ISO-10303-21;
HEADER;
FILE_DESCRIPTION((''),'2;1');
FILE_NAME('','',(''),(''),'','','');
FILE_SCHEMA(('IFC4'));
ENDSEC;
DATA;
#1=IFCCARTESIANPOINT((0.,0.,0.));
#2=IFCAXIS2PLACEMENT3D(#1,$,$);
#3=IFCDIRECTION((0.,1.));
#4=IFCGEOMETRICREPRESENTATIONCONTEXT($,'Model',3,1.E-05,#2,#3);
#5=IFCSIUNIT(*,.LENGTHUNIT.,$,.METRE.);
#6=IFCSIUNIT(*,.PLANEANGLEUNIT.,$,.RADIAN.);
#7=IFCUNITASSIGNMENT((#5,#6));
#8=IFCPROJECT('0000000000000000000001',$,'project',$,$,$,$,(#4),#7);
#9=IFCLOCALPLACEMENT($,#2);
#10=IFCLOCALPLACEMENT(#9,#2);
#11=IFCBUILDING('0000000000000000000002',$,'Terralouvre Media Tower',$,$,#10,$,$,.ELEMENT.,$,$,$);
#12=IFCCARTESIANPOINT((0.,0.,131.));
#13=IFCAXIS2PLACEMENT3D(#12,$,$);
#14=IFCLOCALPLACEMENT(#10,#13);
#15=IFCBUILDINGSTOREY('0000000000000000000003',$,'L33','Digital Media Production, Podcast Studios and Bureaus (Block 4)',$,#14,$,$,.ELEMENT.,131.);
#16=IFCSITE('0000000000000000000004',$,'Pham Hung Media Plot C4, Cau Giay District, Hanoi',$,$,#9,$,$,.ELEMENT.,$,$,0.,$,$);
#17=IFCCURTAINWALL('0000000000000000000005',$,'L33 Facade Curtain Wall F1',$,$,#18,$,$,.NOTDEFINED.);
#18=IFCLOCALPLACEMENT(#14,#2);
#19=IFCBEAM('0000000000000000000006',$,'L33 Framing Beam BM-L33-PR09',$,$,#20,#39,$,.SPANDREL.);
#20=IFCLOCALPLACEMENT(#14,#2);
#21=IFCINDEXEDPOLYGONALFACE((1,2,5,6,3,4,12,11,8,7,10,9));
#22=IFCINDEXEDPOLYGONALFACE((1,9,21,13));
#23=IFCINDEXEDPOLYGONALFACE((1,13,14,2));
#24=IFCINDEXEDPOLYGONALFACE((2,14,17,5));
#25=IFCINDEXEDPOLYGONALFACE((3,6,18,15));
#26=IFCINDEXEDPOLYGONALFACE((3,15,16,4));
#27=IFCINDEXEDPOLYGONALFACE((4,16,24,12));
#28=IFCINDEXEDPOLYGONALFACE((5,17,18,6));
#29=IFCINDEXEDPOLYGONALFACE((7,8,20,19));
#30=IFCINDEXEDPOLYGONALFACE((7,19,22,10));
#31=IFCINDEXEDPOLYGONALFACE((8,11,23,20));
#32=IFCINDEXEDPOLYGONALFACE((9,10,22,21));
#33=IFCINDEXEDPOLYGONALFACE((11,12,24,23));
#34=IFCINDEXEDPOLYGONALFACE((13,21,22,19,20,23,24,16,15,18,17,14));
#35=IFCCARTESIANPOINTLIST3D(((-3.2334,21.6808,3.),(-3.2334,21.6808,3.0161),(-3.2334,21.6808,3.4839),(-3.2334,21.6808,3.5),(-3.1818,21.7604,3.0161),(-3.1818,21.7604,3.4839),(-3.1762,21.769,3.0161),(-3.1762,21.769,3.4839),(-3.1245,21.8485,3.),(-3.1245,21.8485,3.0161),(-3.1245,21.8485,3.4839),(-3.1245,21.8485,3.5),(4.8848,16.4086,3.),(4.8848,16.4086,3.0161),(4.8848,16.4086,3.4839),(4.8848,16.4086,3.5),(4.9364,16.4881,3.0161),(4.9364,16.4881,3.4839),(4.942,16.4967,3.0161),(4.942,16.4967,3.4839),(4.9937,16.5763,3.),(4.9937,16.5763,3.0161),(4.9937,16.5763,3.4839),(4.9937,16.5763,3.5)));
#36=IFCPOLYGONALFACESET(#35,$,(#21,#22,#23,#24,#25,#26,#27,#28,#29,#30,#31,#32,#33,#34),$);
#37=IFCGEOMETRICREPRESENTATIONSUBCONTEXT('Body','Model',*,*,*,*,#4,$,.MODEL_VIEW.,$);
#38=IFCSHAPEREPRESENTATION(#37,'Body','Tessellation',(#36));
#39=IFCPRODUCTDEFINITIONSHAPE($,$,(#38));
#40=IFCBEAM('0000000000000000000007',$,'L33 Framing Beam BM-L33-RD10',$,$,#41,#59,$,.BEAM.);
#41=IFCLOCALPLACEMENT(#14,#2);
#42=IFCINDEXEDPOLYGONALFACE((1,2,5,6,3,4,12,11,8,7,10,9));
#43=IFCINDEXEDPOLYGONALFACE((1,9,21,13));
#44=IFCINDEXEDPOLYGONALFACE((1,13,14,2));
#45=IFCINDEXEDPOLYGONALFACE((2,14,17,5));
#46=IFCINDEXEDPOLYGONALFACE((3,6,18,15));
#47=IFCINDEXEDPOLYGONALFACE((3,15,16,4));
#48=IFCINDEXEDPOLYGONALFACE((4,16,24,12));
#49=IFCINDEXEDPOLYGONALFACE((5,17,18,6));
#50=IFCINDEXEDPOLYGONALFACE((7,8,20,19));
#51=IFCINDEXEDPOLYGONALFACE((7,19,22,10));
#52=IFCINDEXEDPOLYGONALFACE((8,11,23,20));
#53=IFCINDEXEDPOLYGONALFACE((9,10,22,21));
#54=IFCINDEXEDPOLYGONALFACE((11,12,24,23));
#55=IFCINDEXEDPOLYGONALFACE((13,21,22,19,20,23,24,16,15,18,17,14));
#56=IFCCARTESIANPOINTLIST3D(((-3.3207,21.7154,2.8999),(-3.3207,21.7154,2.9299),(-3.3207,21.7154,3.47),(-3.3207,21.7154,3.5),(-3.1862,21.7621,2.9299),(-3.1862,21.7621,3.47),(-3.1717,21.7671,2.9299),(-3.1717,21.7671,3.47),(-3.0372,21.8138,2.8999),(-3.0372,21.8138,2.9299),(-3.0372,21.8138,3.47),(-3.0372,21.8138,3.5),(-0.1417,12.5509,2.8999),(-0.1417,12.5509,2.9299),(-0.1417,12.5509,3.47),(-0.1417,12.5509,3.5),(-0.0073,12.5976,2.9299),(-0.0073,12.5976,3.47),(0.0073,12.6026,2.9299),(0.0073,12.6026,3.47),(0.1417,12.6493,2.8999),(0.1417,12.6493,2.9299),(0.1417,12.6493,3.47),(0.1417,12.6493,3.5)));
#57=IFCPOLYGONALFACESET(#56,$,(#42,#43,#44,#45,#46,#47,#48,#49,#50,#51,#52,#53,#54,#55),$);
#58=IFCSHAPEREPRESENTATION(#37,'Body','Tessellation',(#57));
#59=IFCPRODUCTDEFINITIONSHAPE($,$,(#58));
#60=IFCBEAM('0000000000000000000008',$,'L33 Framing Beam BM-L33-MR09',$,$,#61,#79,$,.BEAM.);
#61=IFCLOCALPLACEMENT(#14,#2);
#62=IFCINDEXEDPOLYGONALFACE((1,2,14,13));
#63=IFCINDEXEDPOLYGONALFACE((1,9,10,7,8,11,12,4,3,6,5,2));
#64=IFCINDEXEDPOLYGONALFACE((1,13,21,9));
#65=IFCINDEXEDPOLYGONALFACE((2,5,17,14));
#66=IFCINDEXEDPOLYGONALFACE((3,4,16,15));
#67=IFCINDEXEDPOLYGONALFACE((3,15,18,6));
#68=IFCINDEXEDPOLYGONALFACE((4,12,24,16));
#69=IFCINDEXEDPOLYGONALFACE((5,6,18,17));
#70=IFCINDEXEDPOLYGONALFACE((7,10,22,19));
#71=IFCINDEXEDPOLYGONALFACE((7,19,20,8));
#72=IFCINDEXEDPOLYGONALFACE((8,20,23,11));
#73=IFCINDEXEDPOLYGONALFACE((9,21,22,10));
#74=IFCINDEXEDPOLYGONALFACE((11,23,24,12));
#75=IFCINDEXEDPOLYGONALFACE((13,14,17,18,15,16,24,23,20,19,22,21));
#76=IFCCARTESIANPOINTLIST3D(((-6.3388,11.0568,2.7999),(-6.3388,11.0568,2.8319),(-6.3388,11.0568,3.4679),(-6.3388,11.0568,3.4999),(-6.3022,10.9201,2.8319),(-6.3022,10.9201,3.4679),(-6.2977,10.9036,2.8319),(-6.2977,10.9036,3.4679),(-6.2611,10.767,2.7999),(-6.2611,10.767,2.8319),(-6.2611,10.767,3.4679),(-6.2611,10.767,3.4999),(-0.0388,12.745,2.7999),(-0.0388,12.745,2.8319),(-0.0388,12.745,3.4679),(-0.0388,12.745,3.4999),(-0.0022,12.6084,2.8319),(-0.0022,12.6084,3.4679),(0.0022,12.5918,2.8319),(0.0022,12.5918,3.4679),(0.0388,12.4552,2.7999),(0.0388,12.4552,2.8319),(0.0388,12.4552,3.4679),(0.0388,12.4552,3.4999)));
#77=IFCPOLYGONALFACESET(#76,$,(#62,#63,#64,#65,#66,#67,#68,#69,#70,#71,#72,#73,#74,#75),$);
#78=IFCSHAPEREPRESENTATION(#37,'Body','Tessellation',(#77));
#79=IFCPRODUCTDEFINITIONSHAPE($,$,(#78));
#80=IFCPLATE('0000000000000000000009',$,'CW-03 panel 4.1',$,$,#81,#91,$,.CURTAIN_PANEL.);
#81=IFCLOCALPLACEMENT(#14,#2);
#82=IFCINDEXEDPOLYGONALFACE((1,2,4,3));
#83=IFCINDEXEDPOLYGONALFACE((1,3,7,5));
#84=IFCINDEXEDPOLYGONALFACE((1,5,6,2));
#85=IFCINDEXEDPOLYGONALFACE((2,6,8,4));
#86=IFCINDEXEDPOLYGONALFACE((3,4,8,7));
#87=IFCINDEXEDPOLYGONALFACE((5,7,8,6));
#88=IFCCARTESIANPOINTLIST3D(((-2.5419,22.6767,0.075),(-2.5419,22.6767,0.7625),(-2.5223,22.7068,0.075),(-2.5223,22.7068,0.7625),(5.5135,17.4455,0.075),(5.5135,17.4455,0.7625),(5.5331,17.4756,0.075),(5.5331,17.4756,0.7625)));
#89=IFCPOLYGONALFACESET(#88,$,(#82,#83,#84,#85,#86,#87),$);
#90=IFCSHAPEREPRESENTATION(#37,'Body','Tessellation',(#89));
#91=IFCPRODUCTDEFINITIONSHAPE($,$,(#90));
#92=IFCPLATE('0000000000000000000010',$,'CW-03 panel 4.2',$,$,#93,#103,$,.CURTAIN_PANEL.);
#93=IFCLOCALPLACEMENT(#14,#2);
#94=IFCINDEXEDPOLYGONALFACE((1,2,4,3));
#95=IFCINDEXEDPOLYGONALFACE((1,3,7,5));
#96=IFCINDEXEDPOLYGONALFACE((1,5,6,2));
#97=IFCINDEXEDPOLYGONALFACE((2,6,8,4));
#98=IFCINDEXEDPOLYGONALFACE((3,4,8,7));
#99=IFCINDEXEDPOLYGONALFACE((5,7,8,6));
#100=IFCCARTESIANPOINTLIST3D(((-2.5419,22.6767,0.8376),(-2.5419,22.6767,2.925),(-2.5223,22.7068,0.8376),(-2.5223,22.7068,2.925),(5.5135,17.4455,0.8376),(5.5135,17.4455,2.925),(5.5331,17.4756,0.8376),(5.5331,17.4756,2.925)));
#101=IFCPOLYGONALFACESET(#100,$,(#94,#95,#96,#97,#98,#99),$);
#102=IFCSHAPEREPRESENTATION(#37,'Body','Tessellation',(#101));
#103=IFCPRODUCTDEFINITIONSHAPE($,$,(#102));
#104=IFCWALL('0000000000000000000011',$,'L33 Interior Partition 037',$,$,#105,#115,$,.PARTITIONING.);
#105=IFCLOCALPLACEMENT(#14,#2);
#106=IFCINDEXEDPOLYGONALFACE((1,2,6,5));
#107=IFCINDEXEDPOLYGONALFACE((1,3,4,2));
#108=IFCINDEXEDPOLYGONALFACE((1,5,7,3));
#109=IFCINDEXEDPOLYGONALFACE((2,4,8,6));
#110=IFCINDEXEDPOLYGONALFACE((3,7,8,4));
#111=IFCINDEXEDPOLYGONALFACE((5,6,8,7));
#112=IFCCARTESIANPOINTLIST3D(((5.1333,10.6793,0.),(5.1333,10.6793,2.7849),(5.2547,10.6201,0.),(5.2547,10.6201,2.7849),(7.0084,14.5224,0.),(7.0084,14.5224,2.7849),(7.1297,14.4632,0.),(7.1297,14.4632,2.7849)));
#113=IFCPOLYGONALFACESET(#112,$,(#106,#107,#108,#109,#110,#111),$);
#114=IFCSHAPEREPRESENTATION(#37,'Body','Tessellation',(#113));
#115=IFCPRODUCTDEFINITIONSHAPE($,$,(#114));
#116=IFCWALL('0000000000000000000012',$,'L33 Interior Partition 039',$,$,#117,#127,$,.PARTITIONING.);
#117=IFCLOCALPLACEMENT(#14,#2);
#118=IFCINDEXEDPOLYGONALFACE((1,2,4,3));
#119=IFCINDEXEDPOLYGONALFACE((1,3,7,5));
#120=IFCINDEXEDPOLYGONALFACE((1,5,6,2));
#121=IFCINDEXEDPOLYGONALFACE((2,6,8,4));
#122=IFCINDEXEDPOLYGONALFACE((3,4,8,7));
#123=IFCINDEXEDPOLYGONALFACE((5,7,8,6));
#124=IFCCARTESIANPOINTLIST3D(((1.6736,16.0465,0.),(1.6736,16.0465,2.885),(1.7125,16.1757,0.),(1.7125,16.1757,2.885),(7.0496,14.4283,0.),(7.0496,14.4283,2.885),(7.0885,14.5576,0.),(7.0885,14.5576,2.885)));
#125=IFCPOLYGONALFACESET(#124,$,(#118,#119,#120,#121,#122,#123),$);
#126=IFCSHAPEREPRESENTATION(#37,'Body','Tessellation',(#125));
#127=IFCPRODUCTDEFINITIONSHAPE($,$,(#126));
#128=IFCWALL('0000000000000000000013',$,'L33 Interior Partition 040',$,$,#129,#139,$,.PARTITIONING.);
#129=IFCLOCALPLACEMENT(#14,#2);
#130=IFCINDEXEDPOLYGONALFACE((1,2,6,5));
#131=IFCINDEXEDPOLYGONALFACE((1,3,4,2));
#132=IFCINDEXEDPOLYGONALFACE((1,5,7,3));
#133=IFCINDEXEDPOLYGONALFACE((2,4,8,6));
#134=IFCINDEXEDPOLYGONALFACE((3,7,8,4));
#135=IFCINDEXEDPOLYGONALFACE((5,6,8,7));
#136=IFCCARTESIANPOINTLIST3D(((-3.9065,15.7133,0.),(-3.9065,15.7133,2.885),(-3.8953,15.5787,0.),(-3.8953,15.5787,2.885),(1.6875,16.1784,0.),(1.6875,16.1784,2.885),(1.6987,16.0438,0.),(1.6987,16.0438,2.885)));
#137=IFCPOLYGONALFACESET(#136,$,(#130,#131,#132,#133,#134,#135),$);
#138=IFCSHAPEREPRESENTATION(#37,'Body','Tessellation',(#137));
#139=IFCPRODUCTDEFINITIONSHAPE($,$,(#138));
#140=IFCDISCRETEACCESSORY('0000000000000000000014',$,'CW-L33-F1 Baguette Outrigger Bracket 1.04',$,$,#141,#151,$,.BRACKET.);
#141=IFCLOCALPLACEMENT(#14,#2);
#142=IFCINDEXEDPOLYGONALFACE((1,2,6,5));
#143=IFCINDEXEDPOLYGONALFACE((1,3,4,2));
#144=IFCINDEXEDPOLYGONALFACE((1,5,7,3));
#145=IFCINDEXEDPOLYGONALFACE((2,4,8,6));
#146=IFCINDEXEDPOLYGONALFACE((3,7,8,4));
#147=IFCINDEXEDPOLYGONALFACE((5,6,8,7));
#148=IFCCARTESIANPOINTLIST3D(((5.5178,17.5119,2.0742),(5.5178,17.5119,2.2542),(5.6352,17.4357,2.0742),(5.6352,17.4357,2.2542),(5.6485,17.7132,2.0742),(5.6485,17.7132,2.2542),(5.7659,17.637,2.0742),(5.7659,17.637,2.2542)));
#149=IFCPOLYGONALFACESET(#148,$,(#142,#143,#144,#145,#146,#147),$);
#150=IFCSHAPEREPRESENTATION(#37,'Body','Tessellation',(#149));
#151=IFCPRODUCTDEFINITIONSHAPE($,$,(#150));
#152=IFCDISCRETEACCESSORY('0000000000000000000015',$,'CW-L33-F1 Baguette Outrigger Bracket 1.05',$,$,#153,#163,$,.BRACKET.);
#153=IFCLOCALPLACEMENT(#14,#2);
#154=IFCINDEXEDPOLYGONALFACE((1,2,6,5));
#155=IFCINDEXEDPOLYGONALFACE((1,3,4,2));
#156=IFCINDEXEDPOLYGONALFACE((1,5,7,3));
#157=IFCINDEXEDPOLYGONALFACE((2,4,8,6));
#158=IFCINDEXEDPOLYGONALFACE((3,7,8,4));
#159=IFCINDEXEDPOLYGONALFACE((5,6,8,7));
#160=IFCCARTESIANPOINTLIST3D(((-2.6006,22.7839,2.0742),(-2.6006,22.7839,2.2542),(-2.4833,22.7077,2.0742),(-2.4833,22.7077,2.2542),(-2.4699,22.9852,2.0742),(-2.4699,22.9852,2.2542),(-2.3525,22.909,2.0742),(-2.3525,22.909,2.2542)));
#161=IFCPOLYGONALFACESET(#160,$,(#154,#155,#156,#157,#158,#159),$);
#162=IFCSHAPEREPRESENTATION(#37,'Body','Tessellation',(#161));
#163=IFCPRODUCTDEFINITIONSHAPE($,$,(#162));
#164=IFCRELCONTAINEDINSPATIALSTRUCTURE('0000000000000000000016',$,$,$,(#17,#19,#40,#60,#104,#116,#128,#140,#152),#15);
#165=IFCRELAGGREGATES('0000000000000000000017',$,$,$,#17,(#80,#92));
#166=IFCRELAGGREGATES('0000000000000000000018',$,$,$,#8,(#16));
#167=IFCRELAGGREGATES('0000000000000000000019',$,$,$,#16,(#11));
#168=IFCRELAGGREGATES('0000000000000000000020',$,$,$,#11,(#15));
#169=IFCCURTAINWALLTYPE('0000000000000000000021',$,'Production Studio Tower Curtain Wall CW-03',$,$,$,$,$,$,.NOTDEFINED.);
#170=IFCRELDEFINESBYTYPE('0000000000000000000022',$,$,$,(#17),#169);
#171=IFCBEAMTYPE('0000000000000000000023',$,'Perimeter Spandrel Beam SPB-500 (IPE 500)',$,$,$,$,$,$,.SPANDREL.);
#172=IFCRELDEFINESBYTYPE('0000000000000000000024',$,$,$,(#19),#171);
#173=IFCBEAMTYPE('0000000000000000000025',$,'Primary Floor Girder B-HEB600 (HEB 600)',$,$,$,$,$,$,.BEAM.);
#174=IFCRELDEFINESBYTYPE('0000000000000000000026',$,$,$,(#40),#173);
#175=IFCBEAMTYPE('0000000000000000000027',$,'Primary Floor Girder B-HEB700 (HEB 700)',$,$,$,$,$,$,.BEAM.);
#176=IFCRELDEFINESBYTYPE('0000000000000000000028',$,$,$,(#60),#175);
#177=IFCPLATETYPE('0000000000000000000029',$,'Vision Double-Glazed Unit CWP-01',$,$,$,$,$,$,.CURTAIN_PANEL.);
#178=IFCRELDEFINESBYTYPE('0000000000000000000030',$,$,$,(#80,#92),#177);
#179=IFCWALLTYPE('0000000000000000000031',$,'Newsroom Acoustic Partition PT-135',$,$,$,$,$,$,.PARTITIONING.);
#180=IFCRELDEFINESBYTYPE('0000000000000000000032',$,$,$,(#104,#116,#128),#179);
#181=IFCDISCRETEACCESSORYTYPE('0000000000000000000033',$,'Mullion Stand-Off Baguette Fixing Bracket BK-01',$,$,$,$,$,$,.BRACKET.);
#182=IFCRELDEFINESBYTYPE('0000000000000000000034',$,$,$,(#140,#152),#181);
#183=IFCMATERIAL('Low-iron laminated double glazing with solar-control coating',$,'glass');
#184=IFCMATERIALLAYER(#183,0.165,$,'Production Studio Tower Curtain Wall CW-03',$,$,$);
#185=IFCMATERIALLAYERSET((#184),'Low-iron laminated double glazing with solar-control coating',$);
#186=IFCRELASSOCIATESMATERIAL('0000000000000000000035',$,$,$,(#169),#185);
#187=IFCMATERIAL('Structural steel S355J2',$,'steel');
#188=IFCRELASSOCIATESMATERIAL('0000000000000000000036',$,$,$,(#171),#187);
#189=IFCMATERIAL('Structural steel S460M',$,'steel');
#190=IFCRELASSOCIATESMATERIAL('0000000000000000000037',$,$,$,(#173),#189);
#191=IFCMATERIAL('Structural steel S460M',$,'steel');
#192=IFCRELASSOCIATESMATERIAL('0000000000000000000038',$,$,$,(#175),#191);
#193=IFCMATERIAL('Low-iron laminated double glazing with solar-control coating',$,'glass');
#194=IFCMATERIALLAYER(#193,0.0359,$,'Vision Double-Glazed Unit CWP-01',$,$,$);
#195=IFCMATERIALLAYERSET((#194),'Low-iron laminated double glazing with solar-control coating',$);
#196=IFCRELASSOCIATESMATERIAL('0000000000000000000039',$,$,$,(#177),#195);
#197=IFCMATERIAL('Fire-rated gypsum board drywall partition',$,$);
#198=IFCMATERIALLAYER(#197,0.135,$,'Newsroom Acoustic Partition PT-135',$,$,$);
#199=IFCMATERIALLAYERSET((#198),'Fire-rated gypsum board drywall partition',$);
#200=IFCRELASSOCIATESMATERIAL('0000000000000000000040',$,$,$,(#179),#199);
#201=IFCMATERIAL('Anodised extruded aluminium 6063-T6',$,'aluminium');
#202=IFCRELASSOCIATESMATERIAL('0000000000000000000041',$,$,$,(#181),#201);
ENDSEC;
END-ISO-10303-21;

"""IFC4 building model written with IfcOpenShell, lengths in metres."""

from ifc_helpers import new_model, si_unit, direction, frame, frame_2d, origin, origin_2d, place, context, subcontext, project, spatial, rectangle, i_section, extrude, material, layer, layer_set, material_profile, profile_set, type_object, element, aggregate, save


model = new_model("IFC4")

# Units and contexts
model_context = context("Model", 3, precision=1e-05, world=origin(), true_north=direction((0.0, 1.0)))
body_context = subcontext(model_context, "Body", "Model", "MODEL_VIEW")
ifc_project = project(units=[si_unit("LENGTHUNIT", "METRE"), si_unit("PLANEANGLEUNIT", "RADIAN")], contexts=[model_context])

# Site, building, storey
site_placement = place(None, origin())
site = spatial("IfcSite", under=ifc_project, at=site_placement, Name="Pham Hung Media Plot C4, Cau Giay District, Hanoi", CompositionType="ELEMENT", RefElevation=0.0)
building_placement = place(site_placement, origin())
building = spatial("IfcBuilding", under=site, at=building_placement, Name="Terralouvre Media Tower", CompositionType="ELEMENT")
storey_placement = place(building_placement, frame((0.0, 0.0, 131.0)))
storey = spatial("IfcBuildingStorey", under=building, at=storey_placement, Name="L33", Description="Digital Media Production, Podcast Studios and Bureaus (Block 4)", CompositionType="ELEMENT", Elevation=131.0)

# Curtain wall
ifc_material_1 = material(Name="Low-iron laminated double glazing with solar-control coating", Category="glass")
ifc_layer_1 = layer(ifc_material_1, 0.165, Name="Production Studio Tower Curtain Wall CW-03")
ifc_layer_set_1 = layer_set([ifc_layer_1], Name="Low-iron laminated double glazing with solar-control coating")
curtain_wall_type = type_object("IfcCurtainWallType", Name="Production Studio Tower Curtain Wall CW-03", PredefinedType="NOTDEFINED", material=ifc_layer_set_1)
curtain_wall_placement = place(storey_placement, origin())
curtain_wall = element("IfcCurtainWall", 1, at=curtain_wall_placement, inside=storey, type_object=curtain_wall_type, Name="L33 Facade Curtain Wall F1", PredefinedType="NOTDEFINED")

# Beams
ifc_material_2 = material(Name="Structural steel S355J2", Category="steel")
ifc_material_profile_1 = material_profile(ifc_material_2, i_section(OverallWidth=0.2, OverallDepth=0.5, WebThickness=0.0103, FlangeThickness=0.0161, at=origin_2d()), Name="IPE 500")
ifc_profile_set_1 = profile_set([ifc_material_profile_1], Name="Structural steel S355J2")
beam_type_1 = type_object("IfcBeamType", Name="Perimeter Spandrel Beam SPB-500 (IPE 500)", PredefinedType="SPANDREL", material=ifc_profile_set_1)
beam_1_placement = place(storey_placement, frame((4.9392, 16.4924, 3.25), z_axis=(-0.83866, 0.544655, 0.0), x_axis=(-0.544655, -0.83866, 0.0)))
element("IfcBeam", 2, at=beam_1_placement, inside=storey, type_object=beam_type_1, Name="L33 Framing Beam BM-L33-PR09", PredefinedType="SPANDREL", context=body_context, shape_type="SweptSolid", body=[
    extrude(i_section(OverallWidth=0.2, OverallDepth=0.5, WebThickness=0.0103, FlangeThickness=0.0161, at=origin_2d()), origin(), (0.0, 0.0, 1.0), 9.6799),
])
ifc_material_3 = material(Name="Structural steel S460M", Category="steel")
ifc_material_profile_2 = material_profile(ifc_material_3, i_section(OverallWidth=0.3, OverallDepth=0.6001, WebThickness=0.0154, FlangeThickness=0.03, at=origin_2d()), Name="HEB 600")
ifc_profile_set_2 = profile_set([ifc_material_profile_2], Name="Structural steel S460M")
beam_type_2 = type_object("IfcBeamType", Name="Primary Floor Girder B-HEB600 (HEB 600)", PredefinedType="BEAM", material=ifc_profile_set_2)
beam_2_placement = place(storey_placement, frame((0.0, 12.6001, 3.2), z_axis=(-0.327719, 0.944775, 0.0), x_axis=(-0.944775, -0.327719, 0.0)))
element("IfcBeam", 3, at=beam_2_placement, inside=storey, type_object=beam_type_2, Name="L33 Framing Beam BM-L33-RD10", PredefinedType="BEAM", context=body_context, shape_type="SweptSolid", body=[
    extrude(i_section(OverallWidth=0.3, OverallDepth=0.6001, WebThickness=0.0154, FlangeThickness=0.03, at=origin_2d()), origin(), (0.0, 0.0, 1.0), 9.7002),
])
ifc_material_4 = material(Name="Structural steel S460M", Category="steel")
ifc_material_profile_3 = material_profile(ifc_material_4, i_section(OverallWidth=0.3, OverallDepth=0.7, WebThickness=0.0171, FlangeThickness=0.032, at=origin_2d()), Name="HEB 700")
ifc_profile_set_3 = profile_set([ifc_material_profile_3], Name="Structural steel S460M")
beam_type_3 = type_object("IfcBeamType", Name="Primary Floor Girder B-HEB700 (HEB 700)", PredefinedType="BEAM", material=ifc_profile_set_3)
beam_3_placement = place(storey_placement, frame((0.0, 12.6001, 3.1499), z_axis=(-0.96592, -0.258839, 0.0), x_axis=(0.258839, -0.96592, 0.0)))
element("IfcBeam", 4, at=beam_3_placement, inside=storey, type_object=beam_type_3, Name="L33 Framing Beam BM-L33-MR09", PredefinedType="BEAM", context=body_context, shape_type="SweptSolid", body=[
    extrude(i_section(OverallWidth=0.3, OverallDepth=0.7, WebThickness=0.0171, FlangeThickness=0.032, at=origin_2d()), origin(), (0.0, 0.0, 1.0), 6.5222),
])

# Plates
ifc_material_5 = material(Name="Low-iron laminated double glazing with solar-control coating", Category="glass")
ifc_layer_2 = layer(ifc_material_5, 0.0359, Name="Vision Double-Glazed Unit CWP-01")
ifc_layer_set_2 = layer_set([ifc_layer_2], Name="Low-iron laminated double glazing with solar-control coating")
plate_type = type_object("IfcPlateType", Name="Vision Double-Glazed Unit CWP-01", PredefinedType="CURTAIN_PANEL", material=ifc_layer_set_2)
plate_1_placement = place(storey_placement, frame((1.4956, 20.0762, 0.075), z_axis=(0.0, 0.0, 1.0), x_axis=(-0.838671, 0.544639, 0.0)))
plate_1 = element("IfcPlate", 5, at=plate_1_placement, type_object=plate_type, Name="CW-03 panel 4.1", PredefinedType="CURTAIN_PANEL", context=body_context, shape_type="SweptSolid", body=[
    extrude(rectangle(XDim=9.605, YDim=0.0359, at=origin_2d()), origin(), (0.0, 0.0, 1.0), 0.6875),
])
plate_2_placement = place(storey_placement, frame((1.4956, 20.0762, 0.8376), z_axis=(0.0, 0.0, 1.0), x_axis=(-0.838671, 0.544639, 0.0)))
plate_2 = element("IfcPlate", 6, at=plate_2_placement, type_object=plate_type, Name="CW-03 panel 4.2", PredefinedType="CURTAIN_PANEL", context=body_context, shape_type="SweptSolid", body=[
    extrude(rectangle(XDim=9.605, YDim=0.0359, at=origin_2d()), origin(), (0.0, 0.0, 1.0), 2.0874),
])
aggregate(curtain_wall, [plate_1, plate_2])

# Walls
ifc_material_6 = material(Name="Fire-rated gypsum board drywall partition")
ifc_layer_3 = layer(ifc_material_6, 0.135, Name="Newsroom Acoustic Partition PT-135")
ifc_layer_set_3 = layer_set([ifc_layer_3], Name="Fire-rated gypsum board drywall partition")
wall_type = type_object("IfcWallType", Name="Newsroom Acoustic Partition PT-135", PredefinedType="PARTITIONING", material=ifc_layer_set_3)
wall_1_placement = place(storey_placement, frame((7.0691, 14.4929, 0.0), z_axis=(0.0, 0.0, 1.0), x_axis=(-0.438491, -0.898736, 0.0)))
element("IfcWall", 7, at=wall_1_placement, inside=storey, type_object=wall_type, Name="L33 Interior Partition 037", PredefinedType="PARTITIONING", context=body_context, shape_type="SweptSolid", body=[
    extrude(rectangle(XDim=4.2761, YDim=0.135, at=frame_2d((2.1382, 0.0))), origin(), (0.0, 0.0, 1.0), 2.7849),
])
wall_2_placement = place(storey_placement, frame((7.0691, 14.4929, 0.0), z_axis=(0.0, 0.0, 1.0), x_axis=(-0.957563, 0.288225, 0.0)))
element("IfcWall", 8, at=wall_2_placement, inside=storey, type_object=wall_type, Name="L33 Interior Partition 039", PredefinedType="PARTITIONING", context=body_context, shape_type="SweptSolid", body=[
    extrude(rectangle(XDim=5.6143, YDim=0.135, at=frame_2d((2.8071, 0.0))), origin(), (0.0, 0.0, 1.0), 2.885),
])
wall_3_placement = place(storey_placement, frame((1.6931, 16.1111, 0.0), z_axis=(0.0, 0.0, 1.0), x_axis=(-0.996562, -0.082855, 0.0)))
element("IfcWall", 9, at=wall_3_placement, inside=storey, type_object=wall_type, Name="L33 Interior Partition 040", PredefinedType="PARTITIONING", context=body_context, shape_type="SweptSolid", body=[
    extrude(rectangle(XDim=5.6133, YDim=0.135, at=frame_2d((2.8066, 0.0))), origin(), (0.0, 0.0, 1.0), 2.885),
])

# Discrete accessories
ifc_material_7 = material(Name="Anodised extruded aluminium 6063-T6", Category="aluminium")
discrete_accessory_type = type_object("IfcDiscreteAccessoryType", Name="Mullion Stand-Off Baguette Fixing Bracket BK-01", PredefinedType="BRACKET", material=ifc_material_7)
for number, where, z_axis, x_axis, name in (
    (10, (5.6418, 17.5745, 2.0742), (0.0, 0.0, 1.0), (-0.838671, 0.544639, 0.0), "CW-L33-F1 Baguette Outrigger Bracket 1.04"),
    (11, (-2.4766, 22.8464, 2.0742), (0.0, 0.0, 1.0), (-0.838671, 0.544639, 0.0), "CW-L33-F1 Baguette Outrigger Bracket 1.05"),
):
    element("IfcDiscreteAccessory", number, at=place(storey_placement, frame(where, z_axis=z_axis, x_axis=x_axis)), inside=storey, type_object=discrete_accessory_type, Name=name, PredefinedType="BRACKET", context=body_context, shape_type="SweptSolid", body=[
        extrude(rectangle(XDim=0.1399, YDim=0.24, at=origin_2d()), origin(), (0.0, 0.0, 1.0), 0.1799),
    ])

save(model, "model.ifc")
